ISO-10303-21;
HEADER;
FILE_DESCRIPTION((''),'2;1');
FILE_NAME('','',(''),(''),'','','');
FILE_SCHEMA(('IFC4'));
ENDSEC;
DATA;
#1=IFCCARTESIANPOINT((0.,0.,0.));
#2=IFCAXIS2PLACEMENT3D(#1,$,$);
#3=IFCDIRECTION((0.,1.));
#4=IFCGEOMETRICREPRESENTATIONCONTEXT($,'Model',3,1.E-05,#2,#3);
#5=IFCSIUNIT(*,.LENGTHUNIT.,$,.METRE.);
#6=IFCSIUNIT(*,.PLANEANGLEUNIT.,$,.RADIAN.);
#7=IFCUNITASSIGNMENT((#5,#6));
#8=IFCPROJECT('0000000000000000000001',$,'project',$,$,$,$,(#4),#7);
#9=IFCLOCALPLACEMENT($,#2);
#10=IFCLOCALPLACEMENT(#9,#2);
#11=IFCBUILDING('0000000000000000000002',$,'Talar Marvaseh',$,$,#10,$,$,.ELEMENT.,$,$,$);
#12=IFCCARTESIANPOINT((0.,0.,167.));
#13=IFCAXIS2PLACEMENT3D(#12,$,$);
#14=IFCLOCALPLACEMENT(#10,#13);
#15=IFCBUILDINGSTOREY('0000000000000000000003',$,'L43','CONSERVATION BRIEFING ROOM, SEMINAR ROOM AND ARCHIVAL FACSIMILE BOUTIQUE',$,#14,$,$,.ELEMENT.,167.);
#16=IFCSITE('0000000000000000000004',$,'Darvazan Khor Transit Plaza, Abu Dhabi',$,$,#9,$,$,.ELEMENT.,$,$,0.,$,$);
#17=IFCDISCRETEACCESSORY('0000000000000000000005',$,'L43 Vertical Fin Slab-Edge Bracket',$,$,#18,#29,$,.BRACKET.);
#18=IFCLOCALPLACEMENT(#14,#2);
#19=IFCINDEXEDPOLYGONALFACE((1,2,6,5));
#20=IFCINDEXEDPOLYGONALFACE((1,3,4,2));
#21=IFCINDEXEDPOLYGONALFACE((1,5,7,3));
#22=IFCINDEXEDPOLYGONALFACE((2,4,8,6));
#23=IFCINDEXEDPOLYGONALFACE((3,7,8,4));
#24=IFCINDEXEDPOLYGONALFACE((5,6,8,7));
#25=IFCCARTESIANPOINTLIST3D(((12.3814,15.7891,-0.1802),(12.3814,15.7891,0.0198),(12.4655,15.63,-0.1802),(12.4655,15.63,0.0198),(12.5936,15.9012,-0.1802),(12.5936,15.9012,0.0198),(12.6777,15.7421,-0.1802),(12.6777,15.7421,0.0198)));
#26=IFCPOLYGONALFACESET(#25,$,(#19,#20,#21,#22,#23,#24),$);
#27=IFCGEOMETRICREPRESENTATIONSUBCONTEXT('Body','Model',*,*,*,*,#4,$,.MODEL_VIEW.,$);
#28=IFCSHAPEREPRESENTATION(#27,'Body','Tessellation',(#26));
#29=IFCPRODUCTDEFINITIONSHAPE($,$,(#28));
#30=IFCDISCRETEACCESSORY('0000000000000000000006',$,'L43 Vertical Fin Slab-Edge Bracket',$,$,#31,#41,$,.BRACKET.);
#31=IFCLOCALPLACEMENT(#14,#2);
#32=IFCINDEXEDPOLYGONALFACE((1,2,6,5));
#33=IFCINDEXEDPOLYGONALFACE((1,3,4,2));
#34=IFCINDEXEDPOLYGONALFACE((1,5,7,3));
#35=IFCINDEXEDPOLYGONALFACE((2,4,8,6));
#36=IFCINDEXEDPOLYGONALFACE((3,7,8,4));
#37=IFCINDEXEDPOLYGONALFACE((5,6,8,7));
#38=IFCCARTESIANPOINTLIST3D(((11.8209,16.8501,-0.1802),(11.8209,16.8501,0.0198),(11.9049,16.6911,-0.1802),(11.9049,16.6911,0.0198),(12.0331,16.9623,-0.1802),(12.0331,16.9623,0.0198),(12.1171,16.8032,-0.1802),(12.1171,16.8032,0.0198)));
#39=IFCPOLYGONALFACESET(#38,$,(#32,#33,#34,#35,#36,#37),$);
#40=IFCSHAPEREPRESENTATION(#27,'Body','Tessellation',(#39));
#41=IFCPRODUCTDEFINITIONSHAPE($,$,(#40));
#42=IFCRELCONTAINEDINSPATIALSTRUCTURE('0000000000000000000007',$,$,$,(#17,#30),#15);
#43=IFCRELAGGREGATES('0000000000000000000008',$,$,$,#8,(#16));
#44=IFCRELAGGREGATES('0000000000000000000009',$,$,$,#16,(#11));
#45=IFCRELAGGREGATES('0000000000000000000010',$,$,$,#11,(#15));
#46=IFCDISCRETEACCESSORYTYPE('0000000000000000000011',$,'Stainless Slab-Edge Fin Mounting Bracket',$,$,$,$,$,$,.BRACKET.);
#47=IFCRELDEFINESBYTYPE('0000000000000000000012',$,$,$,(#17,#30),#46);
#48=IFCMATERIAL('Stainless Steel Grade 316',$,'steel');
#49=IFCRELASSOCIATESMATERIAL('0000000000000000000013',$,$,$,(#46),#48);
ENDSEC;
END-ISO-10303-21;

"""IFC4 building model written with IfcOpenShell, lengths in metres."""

from ifc_helpers import new_model, si_unit, direction, frame, origin, origin_2d, place, context, subcontext, project, spatial, rectangle, extrude, source, transform, mapped, material, type_object, type_shapes, element, save


model = new_model("IFC4")

# Units and contexts
model_context = context("Model", 3, precision=1e-05, world=origin(), true_north=direction((0.0, 1.0)))
body_context = subcontext(model_context, "Body", "Model", "MODEL_VIEW")
ifc_project = project(units=[si_unit("LENGTHUNIT", "METRE"), si_unit("PLANEANGLEUNIT", "RADIAN")], contexts=[model_context])

# Site, building, storey
site_placement = place(None, origin())
site = spatial("IfcSite", under=ifc_project, at=site_placement, Name="Darvazan Khor Transit Plaza, Abu Dhabi", CompositionType="ELEMENT", RefElevation=0.0)
building_placement = place(site_placement, origin())
building = spatial("IfcBuilding", under=site, at=building_placement, Name="Talar Marvaseh", CompositionType="ELEMENT")
storey_placement = place(building_placement, frame((0.0, 0.0, 167.0)))
storey = spatial("IfcBuildingStorey", under=building, at=storey_placement, Name="L43", Description="CONSERVATION BRIEFING ROOM, SEMINAR ROOM AND ARCHIVAL FACSIMILE BOUTIQUE", CompositionType="ELEMENT", Elevation=167.0)

# Discrete accessories
ifc_material_1 = material(Name="Stainless Steel Grade 316", Category="steel")
discrete_accessory_type = type_object("IfcDiscreteAccessoryType", Name="Stainless Slab-Edge Fin Mounting Bracket", PredefinedType="BRACKET", material=ifc_material_1)
shared_shape_1 = source(origin(), body_context, "Body", "SweptSolid", [
    extrude(rectangle(XDim=0.24, YDim=0.1799, at=origin_2d()), origin(), (0.0, 0.0, 1.0), 0.2),
])
type_shapes(discrete_accessory_type, [shared_shape_1])
for number, where, z_axis, x_axis, name in (
    (1, (12.5295, 15.7656, -0.1802), (0.0, 0.0, 1.0), (-0.884174, -0.467158, 0.0), "L43 Vertical Fin Slab-Edge Bracket"),
    (2, (11.969, 16.8267, -0.1802), (0.0, 0.0, 1.0), (-0.884174, -0.467158, 0.0), "L43 Vertical Fin Slab-Edge Bracket"),
):
    element("IfcDiscreteAccessory", number, at=place(storey_placement, frame(where, z_axis=z_axis, x_axis=x_axis)), inside=storey, type_object=discrete_accessory_type, Name=name, PredefinedType="BRACKET", context=body_context, shape_type="MappedRepresentation", body=[
        mapped(shared_shape_1, transform((0.0, 0.0, 0.0), x_axis=(1.0, 0.0, 0.0), y_axis=(0.0, 1.0, 0.0), z_axis=(0.0, 0.0, 1.0), scale=1.0)),
    ])

save(model, "model.ifc")
